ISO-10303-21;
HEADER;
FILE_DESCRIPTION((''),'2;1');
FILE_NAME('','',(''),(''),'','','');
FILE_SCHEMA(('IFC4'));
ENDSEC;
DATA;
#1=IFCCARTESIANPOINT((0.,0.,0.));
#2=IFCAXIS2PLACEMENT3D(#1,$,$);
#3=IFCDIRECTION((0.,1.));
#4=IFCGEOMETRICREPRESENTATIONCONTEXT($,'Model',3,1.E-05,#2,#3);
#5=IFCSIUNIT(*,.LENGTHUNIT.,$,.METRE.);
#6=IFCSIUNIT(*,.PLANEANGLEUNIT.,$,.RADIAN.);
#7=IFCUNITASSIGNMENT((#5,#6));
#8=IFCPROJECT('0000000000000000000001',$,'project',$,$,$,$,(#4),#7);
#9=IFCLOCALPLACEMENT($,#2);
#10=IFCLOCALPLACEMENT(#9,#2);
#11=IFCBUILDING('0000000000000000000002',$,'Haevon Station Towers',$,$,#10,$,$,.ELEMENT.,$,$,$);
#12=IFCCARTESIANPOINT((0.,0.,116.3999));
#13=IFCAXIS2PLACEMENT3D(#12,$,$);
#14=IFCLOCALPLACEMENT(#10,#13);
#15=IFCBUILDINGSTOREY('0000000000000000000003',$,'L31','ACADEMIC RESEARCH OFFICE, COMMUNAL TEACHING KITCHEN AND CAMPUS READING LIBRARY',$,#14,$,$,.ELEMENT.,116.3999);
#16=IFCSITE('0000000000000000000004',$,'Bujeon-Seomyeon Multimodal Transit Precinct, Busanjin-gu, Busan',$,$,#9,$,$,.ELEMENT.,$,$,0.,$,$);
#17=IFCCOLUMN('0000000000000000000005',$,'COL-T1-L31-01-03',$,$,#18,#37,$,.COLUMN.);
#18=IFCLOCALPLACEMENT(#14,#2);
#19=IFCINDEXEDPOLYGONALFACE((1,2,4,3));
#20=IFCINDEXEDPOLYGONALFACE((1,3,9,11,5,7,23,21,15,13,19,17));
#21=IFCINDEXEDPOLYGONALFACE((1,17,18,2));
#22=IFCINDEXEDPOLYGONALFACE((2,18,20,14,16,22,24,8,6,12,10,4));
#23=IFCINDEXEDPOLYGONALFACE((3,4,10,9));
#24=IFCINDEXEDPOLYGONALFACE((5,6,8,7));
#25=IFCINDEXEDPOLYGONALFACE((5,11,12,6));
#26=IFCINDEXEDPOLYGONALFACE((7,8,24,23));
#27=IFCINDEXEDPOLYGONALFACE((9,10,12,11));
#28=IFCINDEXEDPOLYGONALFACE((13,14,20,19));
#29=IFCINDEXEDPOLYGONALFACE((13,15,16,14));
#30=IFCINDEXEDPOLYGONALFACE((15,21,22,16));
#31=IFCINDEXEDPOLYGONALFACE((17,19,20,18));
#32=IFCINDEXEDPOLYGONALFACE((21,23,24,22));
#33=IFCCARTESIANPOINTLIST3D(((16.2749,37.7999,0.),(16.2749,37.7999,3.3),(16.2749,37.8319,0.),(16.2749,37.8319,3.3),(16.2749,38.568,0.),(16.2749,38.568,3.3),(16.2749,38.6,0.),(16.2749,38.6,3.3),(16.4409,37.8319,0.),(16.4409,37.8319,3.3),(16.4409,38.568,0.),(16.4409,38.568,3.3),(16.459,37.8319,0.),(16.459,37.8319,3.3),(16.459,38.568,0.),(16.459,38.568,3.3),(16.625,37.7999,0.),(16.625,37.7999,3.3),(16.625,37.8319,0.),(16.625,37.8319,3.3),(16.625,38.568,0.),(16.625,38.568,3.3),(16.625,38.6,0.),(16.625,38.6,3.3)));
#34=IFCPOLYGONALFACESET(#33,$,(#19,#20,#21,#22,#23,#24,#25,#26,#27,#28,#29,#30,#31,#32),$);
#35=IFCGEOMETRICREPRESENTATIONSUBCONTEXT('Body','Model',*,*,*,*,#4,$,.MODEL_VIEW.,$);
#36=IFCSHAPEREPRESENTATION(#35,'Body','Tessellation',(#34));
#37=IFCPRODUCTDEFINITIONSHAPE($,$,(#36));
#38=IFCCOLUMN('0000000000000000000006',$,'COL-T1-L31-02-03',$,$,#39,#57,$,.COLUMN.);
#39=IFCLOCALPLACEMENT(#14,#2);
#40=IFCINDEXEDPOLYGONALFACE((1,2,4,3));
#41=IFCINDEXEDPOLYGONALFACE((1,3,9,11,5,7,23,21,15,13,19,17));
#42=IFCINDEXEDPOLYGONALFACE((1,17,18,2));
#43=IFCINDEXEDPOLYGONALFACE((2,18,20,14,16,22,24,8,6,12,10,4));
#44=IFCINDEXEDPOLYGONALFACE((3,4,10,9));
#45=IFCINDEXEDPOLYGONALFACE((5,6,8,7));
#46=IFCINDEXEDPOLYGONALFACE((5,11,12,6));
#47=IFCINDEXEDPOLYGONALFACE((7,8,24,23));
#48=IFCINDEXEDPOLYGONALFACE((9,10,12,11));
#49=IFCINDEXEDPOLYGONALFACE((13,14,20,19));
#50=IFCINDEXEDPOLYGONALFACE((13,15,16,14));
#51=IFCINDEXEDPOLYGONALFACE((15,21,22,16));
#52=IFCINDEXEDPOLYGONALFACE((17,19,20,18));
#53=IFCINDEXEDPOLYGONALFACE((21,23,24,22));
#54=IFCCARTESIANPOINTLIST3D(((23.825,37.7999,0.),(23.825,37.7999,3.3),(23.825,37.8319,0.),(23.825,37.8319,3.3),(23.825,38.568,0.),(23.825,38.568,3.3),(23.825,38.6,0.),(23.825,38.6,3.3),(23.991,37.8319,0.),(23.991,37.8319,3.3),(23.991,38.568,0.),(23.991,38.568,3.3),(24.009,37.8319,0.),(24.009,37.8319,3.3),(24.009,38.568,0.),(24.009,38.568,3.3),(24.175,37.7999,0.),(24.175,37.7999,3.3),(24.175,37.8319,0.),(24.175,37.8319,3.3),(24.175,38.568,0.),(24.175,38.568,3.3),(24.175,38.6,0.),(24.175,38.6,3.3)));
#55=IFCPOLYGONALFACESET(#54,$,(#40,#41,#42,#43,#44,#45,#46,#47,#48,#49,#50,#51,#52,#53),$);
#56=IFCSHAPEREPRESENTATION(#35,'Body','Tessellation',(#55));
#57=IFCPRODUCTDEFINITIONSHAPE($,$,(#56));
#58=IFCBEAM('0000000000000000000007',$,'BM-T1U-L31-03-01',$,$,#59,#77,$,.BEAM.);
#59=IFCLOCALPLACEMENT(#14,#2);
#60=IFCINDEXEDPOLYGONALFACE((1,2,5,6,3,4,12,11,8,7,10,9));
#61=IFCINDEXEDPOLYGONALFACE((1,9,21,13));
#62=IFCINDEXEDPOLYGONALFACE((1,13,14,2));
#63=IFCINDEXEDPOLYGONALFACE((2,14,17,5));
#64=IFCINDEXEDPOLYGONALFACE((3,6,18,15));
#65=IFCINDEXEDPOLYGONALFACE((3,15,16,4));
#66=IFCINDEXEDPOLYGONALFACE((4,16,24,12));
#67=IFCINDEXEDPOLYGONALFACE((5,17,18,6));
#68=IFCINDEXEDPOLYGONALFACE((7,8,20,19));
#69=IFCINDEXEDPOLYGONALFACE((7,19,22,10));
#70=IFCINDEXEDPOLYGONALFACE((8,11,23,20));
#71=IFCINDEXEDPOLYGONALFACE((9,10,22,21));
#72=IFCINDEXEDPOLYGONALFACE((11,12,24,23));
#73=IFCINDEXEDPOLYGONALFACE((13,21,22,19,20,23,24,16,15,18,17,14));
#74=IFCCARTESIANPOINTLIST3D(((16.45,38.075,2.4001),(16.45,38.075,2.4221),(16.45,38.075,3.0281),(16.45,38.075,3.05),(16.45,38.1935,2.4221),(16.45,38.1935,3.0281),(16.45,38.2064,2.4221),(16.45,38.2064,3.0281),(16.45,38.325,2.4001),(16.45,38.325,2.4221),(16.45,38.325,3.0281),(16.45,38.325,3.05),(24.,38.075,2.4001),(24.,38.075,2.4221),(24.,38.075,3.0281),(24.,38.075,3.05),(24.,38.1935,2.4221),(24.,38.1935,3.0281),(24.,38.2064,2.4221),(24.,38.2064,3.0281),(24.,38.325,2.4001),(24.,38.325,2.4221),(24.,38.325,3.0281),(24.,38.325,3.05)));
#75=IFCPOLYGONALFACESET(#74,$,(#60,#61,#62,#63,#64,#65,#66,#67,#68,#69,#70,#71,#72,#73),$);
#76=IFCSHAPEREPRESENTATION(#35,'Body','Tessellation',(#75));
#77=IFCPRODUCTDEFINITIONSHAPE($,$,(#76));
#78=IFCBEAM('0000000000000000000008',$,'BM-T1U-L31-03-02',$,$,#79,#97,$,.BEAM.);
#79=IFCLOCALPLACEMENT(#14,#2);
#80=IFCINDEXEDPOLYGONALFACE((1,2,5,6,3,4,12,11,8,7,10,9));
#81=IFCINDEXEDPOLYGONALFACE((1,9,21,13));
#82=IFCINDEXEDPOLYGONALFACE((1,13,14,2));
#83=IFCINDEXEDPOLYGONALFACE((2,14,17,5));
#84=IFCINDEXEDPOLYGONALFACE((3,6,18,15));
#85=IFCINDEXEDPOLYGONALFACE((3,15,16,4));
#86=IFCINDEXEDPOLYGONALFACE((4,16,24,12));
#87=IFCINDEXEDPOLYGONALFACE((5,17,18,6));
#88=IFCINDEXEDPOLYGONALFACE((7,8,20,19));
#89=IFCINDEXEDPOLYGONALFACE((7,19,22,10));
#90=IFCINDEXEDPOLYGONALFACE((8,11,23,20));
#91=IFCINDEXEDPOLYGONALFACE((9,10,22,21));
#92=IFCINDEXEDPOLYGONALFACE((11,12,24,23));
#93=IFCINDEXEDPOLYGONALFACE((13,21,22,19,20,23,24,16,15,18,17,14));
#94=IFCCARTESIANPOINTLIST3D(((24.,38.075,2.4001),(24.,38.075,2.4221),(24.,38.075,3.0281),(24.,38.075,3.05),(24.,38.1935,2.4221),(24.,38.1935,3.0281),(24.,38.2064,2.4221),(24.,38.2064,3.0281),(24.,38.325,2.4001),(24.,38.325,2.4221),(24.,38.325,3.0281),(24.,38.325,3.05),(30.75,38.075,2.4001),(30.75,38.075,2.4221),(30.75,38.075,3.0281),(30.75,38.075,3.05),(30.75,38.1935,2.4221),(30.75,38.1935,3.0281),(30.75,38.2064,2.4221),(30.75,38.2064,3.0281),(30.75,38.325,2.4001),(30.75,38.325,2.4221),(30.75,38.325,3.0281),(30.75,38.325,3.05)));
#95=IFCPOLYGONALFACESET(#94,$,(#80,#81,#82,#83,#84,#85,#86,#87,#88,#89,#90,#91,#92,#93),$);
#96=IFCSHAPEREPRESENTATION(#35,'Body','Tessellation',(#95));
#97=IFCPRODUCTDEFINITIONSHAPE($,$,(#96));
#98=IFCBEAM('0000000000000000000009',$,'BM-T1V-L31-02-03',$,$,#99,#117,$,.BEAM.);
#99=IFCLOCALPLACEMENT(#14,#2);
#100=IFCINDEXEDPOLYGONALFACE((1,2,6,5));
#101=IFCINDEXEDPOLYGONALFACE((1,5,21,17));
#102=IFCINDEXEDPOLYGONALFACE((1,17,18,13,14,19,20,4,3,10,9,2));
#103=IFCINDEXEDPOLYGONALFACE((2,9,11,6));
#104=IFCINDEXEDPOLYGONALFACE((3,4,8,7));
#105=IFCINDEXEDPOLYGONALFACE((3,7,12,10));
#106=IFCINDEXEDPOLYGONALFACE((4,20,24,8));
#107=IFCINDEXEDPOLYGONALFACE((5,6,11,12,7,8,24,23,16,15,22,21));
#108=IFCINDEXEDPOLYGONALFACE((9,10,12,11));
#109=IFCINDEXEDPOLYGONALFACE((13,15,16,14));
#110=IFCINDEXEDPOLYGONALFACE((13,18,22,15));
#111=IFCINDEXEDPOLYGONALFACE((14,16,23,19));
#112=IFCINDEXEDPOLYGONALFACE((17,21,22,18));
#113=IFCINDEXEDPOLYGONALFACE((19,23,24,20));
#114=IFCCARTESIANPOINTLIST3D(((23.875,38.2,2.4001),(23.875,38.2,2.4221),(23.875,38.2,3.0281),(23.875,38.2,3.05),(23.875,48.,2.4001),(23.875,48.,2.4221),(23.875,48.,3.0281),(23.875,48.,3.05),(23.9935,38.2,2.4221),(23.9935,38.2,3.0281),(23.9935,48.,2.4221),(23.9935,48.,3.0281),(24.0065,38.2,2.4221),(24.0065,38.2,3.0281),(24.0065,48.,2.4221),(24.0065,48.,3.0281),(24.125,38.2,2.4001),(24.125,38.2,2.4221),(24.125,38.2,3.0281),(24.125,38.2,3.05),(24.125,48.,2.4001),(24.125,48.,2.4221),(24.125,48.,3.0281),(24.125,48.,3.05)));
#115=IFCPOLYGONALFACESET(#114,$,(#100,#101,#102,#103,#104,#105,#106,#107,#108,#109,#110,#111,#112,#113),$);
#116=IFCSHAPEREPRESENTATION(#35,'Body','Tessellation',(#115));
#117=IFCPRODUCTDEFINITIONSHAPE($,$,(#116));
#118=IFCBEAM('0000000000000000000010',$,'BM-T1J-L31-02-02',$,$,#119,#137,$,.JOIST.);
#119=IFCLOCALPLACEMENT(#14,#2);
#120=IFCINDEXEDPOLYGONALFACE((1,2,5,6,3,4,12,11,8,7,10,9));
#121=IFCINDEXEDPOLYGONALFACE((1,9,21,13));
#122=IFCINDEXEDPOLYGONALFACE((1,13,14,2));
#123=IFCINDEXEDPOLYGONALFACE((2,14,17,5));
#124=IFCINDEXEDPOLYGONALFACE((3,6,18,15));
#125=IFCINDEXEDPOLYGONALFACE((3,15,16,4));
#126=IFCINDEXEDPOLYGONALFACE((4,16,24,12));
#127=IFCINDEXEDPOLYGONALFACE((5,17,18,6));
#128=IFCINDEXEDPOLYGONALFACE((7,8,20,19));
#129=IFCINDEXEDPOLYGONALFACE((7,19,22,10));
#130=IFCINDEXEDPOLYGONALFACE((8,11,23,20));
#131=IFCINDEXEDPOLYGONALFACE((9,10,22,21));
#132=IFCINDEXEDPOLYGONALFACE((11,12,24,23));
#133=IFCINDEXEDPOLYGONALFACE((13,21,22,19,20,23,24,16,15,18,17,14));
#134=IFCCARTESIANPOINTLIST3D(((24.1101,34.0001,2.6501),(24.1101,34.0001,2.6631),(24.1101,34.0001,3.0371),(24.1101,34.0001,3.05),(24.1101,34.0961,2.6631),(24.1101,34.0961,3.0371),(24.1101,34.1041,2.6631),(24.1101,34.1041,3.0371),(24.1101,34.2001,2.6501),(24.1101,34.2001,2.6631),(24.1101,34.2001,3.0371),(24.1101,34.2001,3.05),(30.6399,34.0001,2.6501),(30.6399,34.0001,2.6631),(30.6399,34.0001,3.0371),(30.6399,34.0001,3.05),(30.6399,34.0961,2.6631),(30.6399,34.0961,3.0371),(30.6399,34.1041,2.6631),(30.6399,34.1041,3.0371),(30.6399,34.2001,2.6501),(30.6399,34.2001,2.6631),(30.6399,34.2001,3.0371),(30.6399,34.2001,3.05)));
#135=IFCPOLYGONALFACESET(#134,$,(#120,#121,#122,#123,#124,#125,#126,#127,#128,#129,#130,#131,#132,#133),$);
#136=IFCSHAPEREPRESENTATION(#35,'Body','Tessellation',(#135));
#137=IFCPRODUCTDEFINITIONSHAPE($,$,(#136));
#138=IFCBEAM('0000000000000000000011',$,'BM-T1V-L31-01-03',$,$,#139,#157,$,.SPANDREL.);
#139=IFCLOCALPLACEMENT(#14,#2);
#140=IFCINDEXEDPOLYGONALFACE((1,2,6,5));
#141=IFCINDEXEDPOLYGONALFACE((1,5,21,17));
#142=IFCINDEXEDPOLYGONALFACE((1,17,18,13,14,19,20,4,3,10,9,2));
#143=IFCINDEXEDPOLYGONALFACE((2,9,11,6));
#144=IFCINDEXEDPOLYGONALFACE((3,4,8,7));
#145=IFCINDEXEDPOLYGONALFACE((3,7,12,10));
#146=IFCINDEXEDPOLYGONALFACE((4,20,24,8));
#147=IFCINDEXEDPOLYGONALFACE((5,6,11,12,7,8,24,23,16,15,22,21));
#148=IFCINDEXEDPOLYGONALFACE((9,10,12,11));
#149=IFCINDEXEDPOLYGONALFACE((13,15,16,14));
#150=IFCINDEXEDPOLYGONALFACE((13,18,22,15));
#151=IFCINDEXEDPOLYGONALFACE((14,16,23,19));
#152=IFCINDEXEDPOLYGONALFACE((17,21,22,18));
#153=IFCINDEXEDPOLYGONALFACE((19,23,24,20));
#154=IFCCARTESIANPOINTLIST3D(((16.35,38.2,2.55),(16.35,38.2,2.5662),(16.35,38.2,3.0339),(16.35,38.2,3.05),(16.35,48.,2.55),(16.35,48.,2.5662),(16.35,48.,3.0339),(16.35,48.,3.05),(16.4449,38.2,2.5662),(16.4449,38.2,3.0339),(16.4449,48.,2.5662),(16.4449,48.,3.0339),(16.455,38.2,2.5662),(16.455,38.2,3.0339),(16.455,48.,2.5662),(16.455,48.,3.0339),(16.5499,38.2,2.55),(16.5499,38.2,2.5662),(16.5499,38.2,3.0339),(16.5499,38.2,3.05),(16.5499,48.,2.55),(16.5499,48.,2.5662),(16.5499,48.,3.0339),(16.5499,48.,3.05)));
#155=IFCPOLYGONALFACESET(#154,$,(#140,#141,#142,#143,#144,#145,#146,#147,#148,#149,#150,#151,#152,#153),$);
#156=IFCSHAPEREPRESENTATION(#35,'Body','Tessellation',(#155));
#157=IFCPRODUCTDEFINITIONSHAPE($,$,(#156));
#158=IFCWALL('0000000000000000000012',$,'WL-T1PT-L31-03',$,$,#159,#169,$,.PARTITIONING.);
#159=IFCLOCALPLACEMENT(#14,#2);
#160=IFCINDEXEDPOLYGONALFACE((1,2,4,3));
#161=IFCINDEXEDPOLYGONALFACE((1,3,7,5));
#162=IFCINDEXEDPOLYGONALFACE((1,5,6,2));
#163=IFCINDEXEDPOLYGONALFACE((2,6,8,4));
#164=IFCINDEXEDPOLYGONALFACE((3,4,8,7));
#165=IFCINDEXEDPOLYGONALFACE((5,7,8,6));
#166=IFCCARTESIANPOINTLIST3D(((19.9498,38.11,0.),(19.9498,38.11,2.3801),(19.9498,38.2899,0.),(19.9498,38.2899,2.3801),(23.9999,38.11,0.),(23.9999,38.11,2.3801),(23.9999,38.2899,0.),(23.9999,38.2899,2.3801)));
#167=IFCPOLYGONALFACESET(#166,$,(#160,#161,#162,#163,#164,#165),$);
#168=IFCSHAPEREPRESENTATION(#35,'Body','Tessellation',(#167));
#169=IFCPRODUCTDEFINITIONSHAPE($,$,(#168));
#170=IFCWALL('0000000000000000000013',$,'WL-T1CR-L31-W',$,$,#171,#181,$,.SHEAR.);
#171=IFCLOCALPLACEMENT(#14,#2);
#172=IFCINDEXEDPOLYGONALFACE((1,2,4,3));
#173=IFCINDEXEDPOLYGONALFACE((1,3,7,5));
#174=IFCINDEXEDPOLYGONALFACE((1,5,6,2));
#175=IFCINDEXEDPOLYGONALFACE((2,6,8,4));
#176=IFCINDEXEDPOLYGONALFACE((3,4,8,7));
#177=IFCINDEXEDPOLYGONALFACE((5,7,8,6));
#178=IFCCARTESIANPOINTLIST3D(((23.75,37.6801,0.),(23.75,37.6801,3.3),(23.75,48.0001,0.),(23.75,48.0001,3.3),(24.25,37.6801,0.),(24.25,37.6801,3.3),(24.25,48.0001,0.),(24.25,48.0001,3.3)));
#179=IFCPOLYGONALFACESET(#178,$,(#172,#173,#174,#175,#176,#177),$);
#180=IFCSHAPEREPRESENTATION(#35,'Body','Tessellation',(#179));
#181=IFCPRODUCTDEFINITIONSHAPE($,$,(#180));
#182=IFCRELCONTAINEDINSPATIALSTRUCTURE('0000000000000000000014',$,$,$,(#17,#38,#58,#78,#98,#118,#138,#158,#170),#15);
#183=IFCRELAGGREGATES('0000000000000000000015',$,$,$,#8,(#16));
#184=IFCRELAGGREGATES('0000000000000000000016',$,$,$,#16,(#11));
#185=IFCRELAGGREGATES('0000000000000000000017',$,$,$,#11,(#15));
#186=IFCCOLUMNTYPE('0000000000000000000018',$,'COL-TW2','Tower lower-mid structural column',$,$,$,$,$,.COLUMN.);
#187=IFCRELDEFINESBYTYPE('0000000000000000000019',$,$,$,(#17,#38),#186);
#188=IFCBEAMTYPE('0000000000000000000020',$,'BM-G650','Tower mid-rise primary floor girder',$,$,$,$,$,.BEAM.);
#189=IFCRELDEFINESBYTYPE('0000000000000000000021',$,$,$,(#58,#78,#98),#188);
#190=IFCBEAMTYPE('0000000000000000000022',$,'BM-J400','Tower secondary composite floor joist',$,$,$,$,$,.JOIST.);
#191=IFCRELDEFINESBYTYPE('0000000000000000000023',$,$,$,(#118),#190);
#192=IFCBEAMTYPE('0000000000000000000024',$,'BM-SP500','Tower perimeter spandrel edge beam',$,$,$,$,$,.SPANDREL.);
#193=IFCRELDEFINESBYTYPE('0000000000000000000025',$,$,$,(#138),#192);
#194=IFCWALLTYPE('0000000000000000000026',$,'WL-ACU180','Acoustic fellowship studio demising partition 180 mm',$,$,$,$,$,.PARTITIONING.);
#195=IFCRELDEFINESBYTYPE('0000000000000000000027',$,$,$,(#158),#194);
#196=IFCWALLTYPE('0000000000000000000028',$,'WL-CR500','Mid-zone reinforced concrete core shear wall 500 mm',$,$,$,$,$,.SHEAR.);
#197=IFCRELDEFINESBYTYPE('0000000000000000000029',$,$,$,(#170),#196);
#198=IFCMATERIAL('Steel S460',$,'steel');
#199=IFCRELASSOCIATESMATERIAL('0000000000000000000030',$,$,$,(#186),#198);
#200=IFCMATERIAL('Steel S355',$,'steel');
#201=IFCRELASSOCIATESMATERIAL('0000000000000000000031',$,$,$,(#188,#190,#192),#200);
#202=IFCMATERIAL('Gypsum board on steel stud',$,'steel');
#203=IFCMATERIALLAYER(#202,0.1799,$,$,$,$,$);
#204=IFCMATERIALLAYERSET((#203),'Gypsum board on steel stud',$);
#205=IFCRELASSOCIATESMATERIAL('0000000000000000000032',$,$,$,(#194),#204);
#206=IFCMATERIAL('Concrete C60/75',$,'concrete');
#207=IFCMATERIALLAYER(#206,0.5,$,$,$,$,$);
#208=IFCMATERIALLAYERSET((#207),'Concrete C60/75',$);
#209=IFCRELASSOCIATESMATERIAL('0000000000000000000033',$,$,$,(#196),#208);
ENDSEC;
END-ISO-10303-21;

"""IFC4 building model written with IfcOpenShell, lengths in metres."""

from ifc_helpers import new_model, si_unit, direction, frame, frame_2d, origin, origin_2d, place, context, subcontext, project, spatial, rectangle, i_section, extrude, material, layer, layer_set, material_profile, profile_set, type_object, element, save


model = new_model("IFC4")

# Units and contexts
model_context = context("Model", 3, precision=1e-05, world=origin(), true_north=direction((0.0, 1.0)))
body_context = subcontext(model_context, "Body", "Model", "MODEL_VIEW")
ifc_project = project(units=[si_unit("LENGTHUNIT", "METRE"), si_unit("PLANEANGLEUNIT", "RADIAN")], contexts=[model_context])

# Site, building, storey
site_placement = place(None, origin())
site = spatial("IfcSite", under=ifc_project, at=site_placement, Name="Bujeon-Seomyeon Multimodal Transit Precinct, Busanjin-gu, Busan", CompositionType="ELEMENT", RefElevation=0.0)
building_placement = place(site_placement, origin())
building = spatial("IfcBuilding", under=site, at=building_placement, Name="Haevon Station Towers", CompositionType="ELEMENT")
storey_placement = place(building_placement, frame((0.0, 0.0, 116.3999)))
storey = spatial("IfcBuildingStorey", under=building, at=storey_placement, Name="L31", Description="ACADEMIC RESEARCH OFFICE, COMMUNAL TEACHING KITCHEN AND CAMPUS READING LIBRARY", CompositionType="ELEMENT", Elevation=116.3999)

# Columns
ifc_material_1 = material(Name="Steel S460", Category="steel")
ifc_material_profile_1 = material_profile(ifc_material_1, i_section(OverallWidth=0.3501, OverallDepth=0.8, WebThickness=0.0181, FlangeThickness=0.032, at=origin_2d()), Name="H-800x350x18x32")
ifc_profile_set_1 = profile_set([ifc_material_profile_1], Name="Steel S460")
column_type = type_object("IfcColumnType", Name="COL-TW2", Description="Tower lower-mid structural column", PredefinedType="COLUMN", material=ifc_profile_set_1)
for number, where, z_axis, x_axis, name in (
    (1, (16.45, 38.2, 0.0), (0.0, 0.0, 1.0), (1.0, 0.0, 0.0), "COL-T1-L31-01-03"),
    (2, (24.0, 38.2, 0.0), (0.0, 0.0, 1.0), (1.0, 0.0, 0.0), "COL-T1-L31-02-03"),
):
    element("IfcColumn", number, at=place(storey_placement, frame(where, z_axis=z_axis, x_axis=x_axis)), inside=storey, type_object=column_type, Name=name, PredefinedType="COLUMN", context=body_context, shape_type="SweptSolid", body=[
        extrude(i_section(OverallWidth=0.3501, OverallDepth=0.8, WebThickness=0.0181, FlangeThickness=0.032, at=origin_2d()), origin(), (0.0, 0.0, 1.0), 3.3),
    ])

# Beams
ifc_material_2 = material(Name="Steel S355", Category="steel")
ifc_material_profile_2 = material_profile(ifc_material_2, i_section(OverallWidth=0.25, OverallDepth=0.6499, WebThickness=0.0129, FlangeThickness=0.022, at=origin_2d()), Name="H-650x250x13x22")
ifc_profile_set_2 = profile_set([ifc_material_profile_2], Name="Steel S355")
beam_type_1 = type_object("IfcBeamType", Name="BM-G650", Description="Tower mid-rise primary floor girder", PredefinedType="BEAM", material=ifc_profile_set_2)
beam_1_placement = place(storey_placement, frame((16.45, 38.2, 2.7251), z_axis=(1.0, 0.0, 0.0), x_axis=(0.0, 1.0, 0.0)))
element("IfcBeam", 3, at=beam_1_placement, inside=storey, type_object=beam_type_1, Name="BM-T1U-L31-03-01", PredefinedType="BEAM", context=body_context, shape_type="SweptSolid", body=[
    extrude(i_section(OverallWidth=0.25, OverallDepth=0.6499, WebThickness=0.0129, FlangeThickness=0.022, at=origin_2d()), origin(), (0.0, 0.0, 1.0), 7.55),
])
beam_2_placement = place(storey_placement, frame((24.0, 38.2, 2.7251), z_axis=(1.0, 0.0, 0.0), x_axis=(0.0, 1.0, 0.0)))
element("IfcBeam", 4, at=beam_2_placement, inside=storey, type_object=beam_type_1, Name="BM-T1U-L31-03-02", PredefinedType="BEAM", context=body_context, shape_type="SweptSolid", body=[
    extrude(i_section(OverallWidth=0.25, OverallDepth=0.6499, WebThickness=0.0129, FlangeThickness=0.022, at=origin_2d()), origin(), (0.0, 0.0, 1.0), 6.75),
])
beam_3_placement = place(storey_placement, frame((24.0, 38.2, 2.7251), z_axis=(0.0, 1.0, 0.0), x_axis=(-1.0, 0.0, 0.0)))
element("IfcBeam", 5, at=beam_3_placement, inside=storey, type_object=beam_type_1, Name="BM-T1V-L31-02-03", PredefinedType="BEAM", context=body_context, shape_type="SweptSolid", body=[
    extrude(i_section(OverallWidth=0.25, OverallDepth=0.6499, WebThickness=0.0129, FlangeThickness=0.022, at=origin_2d()), origin(), (0.0, 0.0, 1.0), 9.8),
])
ifc_material_profile_3 = material_profile(ifc_material_2, i_section(OverallWidth=0.2, OverallDepth=0.3999, WebThickness=0.0081, FlangeThickness=0.0129, at=origin_2d()), Name="H-400x200x8x13")
ifc_profile_set_3 = profile_set([ifc_material_profile_3], Name="Steel S355")
beam_type_2 = type_object("IfcBeamType", Name="BM-J400", Description="Tower secondary composite floor joist", PredefinedType="JOIST", material=ifc_profile_set_3)
beam_4_placement = place(storey_placement, frame((24.1101, 34.1001, 2.8501), z_axis=(1.0, 0.0, 0.0), x_axis=(0.0, 1.0, 0.0)))
element("IfcBeam", 6, at=beam_4_placement, inside=storey, type_object=beam_type_2, Name="BM-T1J-L31-02-02", PredefinedType="JOIST", context=body_context, shape_type="SweptSolid", body=[
    extrude(i_section(OverallWidth=0.2, OverallDepth=0.3999, WebThickness=0.0081, FlangeThickness=0.0129, at=origin_2d()), origin(), (0.0, 0.0, 1.0), 6.5298),
])
ifc_material_profile_4 = material_profile(ifc_material_2, i_section(OverallWidth=0.2, OverallDepth=0.5, WebThickness=0.01, FlangeThickness=0.0161, at=origin_2d()), Name="H-500x200x10x16")
ifc_profile_set_4 = profile_set([ifc_material_profile_4], Name="Steel S355")
beam_type_3 = type_object("IfcBeamType", Name="BM-SP500", Description="Tower perimeter spandrel edge beam", PredefinedType="SPANDREL", material=ifc_profile_set_4)
beam_5_placement = place(storey_placement, frame((16.45, 38.2, 2.8), z_axis=(0.0, 1.0, 0.0), x_axis=(-1.0, 0.0, 0.0)))
element("IfcBeam", 7, at=beam_5_placement, inside=storey, type_object=beam_type_3, Name="BM-T1V-L31-01-03", PredefinedType="SPANDREL", context=body_context, shape_type="SweptSolid", body=[
    extrude(i_section(OverallWidth=0.2, OverallDepth=0.5, WebThickness=0.01, FlangeThickness=0.0161, at=origin_2d()), origin(), (0.0, 0.0, 1.0), 9.8),
])

# Wall
ifc_material_3 = material(Name="Gypsum board on steel stud", Category="steel")
ifc_layer_1 = layer(ifc_material_3, 0.1799)
ifc_layer_set_1 = layer_set([ifc_layer_1], Name="Gypsum board on steel stud")
wall_type_1 = type_object("IfcWallType", Name="WL-ACU180", Description="Acoustic fellowship studio demising partition 180 mm", PredefinedType="PARTITIONING", material=ifc_layer_set_1)
wall_1_placement = place(storey_placement, frame((19.95, 38.2, 0.0), z_axis=(0.0, 0.0, 1.0), x_axis=(1.0, 0.0, 0.0)))
element("IfcWall", 8, at=wall_1_placement, inside=storey, type_object=wall_type_1, Name="WL-T1PT-L31-03", PredefinedType="PARTITIONING", context=body_context, shape_type="SweptSolid", body=[
    extrude(rectangle(XDim=4.05, YDim=0.1799, at=frame_2d((2.0249, 0.0))), origin(), (0.0, 0.0, 1.0), 2.3801),
])

# Wall
ifc_material_4 = material(Name="Concrete C60/75", Category="concrete")
ifc_layer_2 = layer(ifc_material_4, 0.5)
ifc_layer_set_2 = layer_set([ifc_layer_2], Name="Concrete C60/75")
wall_type_2 = type_object("IfcWallType", Name="WL-CR500", Description="Mid-zone reinforced concrete core shear wall 500 mm", PredefinedType="SHEAR", material=ifc_layer_set_2)
wall_2_placement = place(storey_placement, frame((24.0, 37.6799, 0.0), z_axis=(0.0, 0.0, 1.0), x_axis=(0.0, 1.0, 0.0)))
element("IfcWall", 9, at=wall_2_placement, inside=storey, type_object=wall_type_2, Name="WL-T1CR-L31-W", PredefinedType="SHEAR", context=body_context, shape_type="SweptSolid", body=[
    extrude(rectangle(XDim=10.3201, YDim=0.5, at=frame_2d((5.1602, 0.0))), origin(), (0.0, 0.0, 1.0), 3.3),
])

save(model, "model.ifc")
